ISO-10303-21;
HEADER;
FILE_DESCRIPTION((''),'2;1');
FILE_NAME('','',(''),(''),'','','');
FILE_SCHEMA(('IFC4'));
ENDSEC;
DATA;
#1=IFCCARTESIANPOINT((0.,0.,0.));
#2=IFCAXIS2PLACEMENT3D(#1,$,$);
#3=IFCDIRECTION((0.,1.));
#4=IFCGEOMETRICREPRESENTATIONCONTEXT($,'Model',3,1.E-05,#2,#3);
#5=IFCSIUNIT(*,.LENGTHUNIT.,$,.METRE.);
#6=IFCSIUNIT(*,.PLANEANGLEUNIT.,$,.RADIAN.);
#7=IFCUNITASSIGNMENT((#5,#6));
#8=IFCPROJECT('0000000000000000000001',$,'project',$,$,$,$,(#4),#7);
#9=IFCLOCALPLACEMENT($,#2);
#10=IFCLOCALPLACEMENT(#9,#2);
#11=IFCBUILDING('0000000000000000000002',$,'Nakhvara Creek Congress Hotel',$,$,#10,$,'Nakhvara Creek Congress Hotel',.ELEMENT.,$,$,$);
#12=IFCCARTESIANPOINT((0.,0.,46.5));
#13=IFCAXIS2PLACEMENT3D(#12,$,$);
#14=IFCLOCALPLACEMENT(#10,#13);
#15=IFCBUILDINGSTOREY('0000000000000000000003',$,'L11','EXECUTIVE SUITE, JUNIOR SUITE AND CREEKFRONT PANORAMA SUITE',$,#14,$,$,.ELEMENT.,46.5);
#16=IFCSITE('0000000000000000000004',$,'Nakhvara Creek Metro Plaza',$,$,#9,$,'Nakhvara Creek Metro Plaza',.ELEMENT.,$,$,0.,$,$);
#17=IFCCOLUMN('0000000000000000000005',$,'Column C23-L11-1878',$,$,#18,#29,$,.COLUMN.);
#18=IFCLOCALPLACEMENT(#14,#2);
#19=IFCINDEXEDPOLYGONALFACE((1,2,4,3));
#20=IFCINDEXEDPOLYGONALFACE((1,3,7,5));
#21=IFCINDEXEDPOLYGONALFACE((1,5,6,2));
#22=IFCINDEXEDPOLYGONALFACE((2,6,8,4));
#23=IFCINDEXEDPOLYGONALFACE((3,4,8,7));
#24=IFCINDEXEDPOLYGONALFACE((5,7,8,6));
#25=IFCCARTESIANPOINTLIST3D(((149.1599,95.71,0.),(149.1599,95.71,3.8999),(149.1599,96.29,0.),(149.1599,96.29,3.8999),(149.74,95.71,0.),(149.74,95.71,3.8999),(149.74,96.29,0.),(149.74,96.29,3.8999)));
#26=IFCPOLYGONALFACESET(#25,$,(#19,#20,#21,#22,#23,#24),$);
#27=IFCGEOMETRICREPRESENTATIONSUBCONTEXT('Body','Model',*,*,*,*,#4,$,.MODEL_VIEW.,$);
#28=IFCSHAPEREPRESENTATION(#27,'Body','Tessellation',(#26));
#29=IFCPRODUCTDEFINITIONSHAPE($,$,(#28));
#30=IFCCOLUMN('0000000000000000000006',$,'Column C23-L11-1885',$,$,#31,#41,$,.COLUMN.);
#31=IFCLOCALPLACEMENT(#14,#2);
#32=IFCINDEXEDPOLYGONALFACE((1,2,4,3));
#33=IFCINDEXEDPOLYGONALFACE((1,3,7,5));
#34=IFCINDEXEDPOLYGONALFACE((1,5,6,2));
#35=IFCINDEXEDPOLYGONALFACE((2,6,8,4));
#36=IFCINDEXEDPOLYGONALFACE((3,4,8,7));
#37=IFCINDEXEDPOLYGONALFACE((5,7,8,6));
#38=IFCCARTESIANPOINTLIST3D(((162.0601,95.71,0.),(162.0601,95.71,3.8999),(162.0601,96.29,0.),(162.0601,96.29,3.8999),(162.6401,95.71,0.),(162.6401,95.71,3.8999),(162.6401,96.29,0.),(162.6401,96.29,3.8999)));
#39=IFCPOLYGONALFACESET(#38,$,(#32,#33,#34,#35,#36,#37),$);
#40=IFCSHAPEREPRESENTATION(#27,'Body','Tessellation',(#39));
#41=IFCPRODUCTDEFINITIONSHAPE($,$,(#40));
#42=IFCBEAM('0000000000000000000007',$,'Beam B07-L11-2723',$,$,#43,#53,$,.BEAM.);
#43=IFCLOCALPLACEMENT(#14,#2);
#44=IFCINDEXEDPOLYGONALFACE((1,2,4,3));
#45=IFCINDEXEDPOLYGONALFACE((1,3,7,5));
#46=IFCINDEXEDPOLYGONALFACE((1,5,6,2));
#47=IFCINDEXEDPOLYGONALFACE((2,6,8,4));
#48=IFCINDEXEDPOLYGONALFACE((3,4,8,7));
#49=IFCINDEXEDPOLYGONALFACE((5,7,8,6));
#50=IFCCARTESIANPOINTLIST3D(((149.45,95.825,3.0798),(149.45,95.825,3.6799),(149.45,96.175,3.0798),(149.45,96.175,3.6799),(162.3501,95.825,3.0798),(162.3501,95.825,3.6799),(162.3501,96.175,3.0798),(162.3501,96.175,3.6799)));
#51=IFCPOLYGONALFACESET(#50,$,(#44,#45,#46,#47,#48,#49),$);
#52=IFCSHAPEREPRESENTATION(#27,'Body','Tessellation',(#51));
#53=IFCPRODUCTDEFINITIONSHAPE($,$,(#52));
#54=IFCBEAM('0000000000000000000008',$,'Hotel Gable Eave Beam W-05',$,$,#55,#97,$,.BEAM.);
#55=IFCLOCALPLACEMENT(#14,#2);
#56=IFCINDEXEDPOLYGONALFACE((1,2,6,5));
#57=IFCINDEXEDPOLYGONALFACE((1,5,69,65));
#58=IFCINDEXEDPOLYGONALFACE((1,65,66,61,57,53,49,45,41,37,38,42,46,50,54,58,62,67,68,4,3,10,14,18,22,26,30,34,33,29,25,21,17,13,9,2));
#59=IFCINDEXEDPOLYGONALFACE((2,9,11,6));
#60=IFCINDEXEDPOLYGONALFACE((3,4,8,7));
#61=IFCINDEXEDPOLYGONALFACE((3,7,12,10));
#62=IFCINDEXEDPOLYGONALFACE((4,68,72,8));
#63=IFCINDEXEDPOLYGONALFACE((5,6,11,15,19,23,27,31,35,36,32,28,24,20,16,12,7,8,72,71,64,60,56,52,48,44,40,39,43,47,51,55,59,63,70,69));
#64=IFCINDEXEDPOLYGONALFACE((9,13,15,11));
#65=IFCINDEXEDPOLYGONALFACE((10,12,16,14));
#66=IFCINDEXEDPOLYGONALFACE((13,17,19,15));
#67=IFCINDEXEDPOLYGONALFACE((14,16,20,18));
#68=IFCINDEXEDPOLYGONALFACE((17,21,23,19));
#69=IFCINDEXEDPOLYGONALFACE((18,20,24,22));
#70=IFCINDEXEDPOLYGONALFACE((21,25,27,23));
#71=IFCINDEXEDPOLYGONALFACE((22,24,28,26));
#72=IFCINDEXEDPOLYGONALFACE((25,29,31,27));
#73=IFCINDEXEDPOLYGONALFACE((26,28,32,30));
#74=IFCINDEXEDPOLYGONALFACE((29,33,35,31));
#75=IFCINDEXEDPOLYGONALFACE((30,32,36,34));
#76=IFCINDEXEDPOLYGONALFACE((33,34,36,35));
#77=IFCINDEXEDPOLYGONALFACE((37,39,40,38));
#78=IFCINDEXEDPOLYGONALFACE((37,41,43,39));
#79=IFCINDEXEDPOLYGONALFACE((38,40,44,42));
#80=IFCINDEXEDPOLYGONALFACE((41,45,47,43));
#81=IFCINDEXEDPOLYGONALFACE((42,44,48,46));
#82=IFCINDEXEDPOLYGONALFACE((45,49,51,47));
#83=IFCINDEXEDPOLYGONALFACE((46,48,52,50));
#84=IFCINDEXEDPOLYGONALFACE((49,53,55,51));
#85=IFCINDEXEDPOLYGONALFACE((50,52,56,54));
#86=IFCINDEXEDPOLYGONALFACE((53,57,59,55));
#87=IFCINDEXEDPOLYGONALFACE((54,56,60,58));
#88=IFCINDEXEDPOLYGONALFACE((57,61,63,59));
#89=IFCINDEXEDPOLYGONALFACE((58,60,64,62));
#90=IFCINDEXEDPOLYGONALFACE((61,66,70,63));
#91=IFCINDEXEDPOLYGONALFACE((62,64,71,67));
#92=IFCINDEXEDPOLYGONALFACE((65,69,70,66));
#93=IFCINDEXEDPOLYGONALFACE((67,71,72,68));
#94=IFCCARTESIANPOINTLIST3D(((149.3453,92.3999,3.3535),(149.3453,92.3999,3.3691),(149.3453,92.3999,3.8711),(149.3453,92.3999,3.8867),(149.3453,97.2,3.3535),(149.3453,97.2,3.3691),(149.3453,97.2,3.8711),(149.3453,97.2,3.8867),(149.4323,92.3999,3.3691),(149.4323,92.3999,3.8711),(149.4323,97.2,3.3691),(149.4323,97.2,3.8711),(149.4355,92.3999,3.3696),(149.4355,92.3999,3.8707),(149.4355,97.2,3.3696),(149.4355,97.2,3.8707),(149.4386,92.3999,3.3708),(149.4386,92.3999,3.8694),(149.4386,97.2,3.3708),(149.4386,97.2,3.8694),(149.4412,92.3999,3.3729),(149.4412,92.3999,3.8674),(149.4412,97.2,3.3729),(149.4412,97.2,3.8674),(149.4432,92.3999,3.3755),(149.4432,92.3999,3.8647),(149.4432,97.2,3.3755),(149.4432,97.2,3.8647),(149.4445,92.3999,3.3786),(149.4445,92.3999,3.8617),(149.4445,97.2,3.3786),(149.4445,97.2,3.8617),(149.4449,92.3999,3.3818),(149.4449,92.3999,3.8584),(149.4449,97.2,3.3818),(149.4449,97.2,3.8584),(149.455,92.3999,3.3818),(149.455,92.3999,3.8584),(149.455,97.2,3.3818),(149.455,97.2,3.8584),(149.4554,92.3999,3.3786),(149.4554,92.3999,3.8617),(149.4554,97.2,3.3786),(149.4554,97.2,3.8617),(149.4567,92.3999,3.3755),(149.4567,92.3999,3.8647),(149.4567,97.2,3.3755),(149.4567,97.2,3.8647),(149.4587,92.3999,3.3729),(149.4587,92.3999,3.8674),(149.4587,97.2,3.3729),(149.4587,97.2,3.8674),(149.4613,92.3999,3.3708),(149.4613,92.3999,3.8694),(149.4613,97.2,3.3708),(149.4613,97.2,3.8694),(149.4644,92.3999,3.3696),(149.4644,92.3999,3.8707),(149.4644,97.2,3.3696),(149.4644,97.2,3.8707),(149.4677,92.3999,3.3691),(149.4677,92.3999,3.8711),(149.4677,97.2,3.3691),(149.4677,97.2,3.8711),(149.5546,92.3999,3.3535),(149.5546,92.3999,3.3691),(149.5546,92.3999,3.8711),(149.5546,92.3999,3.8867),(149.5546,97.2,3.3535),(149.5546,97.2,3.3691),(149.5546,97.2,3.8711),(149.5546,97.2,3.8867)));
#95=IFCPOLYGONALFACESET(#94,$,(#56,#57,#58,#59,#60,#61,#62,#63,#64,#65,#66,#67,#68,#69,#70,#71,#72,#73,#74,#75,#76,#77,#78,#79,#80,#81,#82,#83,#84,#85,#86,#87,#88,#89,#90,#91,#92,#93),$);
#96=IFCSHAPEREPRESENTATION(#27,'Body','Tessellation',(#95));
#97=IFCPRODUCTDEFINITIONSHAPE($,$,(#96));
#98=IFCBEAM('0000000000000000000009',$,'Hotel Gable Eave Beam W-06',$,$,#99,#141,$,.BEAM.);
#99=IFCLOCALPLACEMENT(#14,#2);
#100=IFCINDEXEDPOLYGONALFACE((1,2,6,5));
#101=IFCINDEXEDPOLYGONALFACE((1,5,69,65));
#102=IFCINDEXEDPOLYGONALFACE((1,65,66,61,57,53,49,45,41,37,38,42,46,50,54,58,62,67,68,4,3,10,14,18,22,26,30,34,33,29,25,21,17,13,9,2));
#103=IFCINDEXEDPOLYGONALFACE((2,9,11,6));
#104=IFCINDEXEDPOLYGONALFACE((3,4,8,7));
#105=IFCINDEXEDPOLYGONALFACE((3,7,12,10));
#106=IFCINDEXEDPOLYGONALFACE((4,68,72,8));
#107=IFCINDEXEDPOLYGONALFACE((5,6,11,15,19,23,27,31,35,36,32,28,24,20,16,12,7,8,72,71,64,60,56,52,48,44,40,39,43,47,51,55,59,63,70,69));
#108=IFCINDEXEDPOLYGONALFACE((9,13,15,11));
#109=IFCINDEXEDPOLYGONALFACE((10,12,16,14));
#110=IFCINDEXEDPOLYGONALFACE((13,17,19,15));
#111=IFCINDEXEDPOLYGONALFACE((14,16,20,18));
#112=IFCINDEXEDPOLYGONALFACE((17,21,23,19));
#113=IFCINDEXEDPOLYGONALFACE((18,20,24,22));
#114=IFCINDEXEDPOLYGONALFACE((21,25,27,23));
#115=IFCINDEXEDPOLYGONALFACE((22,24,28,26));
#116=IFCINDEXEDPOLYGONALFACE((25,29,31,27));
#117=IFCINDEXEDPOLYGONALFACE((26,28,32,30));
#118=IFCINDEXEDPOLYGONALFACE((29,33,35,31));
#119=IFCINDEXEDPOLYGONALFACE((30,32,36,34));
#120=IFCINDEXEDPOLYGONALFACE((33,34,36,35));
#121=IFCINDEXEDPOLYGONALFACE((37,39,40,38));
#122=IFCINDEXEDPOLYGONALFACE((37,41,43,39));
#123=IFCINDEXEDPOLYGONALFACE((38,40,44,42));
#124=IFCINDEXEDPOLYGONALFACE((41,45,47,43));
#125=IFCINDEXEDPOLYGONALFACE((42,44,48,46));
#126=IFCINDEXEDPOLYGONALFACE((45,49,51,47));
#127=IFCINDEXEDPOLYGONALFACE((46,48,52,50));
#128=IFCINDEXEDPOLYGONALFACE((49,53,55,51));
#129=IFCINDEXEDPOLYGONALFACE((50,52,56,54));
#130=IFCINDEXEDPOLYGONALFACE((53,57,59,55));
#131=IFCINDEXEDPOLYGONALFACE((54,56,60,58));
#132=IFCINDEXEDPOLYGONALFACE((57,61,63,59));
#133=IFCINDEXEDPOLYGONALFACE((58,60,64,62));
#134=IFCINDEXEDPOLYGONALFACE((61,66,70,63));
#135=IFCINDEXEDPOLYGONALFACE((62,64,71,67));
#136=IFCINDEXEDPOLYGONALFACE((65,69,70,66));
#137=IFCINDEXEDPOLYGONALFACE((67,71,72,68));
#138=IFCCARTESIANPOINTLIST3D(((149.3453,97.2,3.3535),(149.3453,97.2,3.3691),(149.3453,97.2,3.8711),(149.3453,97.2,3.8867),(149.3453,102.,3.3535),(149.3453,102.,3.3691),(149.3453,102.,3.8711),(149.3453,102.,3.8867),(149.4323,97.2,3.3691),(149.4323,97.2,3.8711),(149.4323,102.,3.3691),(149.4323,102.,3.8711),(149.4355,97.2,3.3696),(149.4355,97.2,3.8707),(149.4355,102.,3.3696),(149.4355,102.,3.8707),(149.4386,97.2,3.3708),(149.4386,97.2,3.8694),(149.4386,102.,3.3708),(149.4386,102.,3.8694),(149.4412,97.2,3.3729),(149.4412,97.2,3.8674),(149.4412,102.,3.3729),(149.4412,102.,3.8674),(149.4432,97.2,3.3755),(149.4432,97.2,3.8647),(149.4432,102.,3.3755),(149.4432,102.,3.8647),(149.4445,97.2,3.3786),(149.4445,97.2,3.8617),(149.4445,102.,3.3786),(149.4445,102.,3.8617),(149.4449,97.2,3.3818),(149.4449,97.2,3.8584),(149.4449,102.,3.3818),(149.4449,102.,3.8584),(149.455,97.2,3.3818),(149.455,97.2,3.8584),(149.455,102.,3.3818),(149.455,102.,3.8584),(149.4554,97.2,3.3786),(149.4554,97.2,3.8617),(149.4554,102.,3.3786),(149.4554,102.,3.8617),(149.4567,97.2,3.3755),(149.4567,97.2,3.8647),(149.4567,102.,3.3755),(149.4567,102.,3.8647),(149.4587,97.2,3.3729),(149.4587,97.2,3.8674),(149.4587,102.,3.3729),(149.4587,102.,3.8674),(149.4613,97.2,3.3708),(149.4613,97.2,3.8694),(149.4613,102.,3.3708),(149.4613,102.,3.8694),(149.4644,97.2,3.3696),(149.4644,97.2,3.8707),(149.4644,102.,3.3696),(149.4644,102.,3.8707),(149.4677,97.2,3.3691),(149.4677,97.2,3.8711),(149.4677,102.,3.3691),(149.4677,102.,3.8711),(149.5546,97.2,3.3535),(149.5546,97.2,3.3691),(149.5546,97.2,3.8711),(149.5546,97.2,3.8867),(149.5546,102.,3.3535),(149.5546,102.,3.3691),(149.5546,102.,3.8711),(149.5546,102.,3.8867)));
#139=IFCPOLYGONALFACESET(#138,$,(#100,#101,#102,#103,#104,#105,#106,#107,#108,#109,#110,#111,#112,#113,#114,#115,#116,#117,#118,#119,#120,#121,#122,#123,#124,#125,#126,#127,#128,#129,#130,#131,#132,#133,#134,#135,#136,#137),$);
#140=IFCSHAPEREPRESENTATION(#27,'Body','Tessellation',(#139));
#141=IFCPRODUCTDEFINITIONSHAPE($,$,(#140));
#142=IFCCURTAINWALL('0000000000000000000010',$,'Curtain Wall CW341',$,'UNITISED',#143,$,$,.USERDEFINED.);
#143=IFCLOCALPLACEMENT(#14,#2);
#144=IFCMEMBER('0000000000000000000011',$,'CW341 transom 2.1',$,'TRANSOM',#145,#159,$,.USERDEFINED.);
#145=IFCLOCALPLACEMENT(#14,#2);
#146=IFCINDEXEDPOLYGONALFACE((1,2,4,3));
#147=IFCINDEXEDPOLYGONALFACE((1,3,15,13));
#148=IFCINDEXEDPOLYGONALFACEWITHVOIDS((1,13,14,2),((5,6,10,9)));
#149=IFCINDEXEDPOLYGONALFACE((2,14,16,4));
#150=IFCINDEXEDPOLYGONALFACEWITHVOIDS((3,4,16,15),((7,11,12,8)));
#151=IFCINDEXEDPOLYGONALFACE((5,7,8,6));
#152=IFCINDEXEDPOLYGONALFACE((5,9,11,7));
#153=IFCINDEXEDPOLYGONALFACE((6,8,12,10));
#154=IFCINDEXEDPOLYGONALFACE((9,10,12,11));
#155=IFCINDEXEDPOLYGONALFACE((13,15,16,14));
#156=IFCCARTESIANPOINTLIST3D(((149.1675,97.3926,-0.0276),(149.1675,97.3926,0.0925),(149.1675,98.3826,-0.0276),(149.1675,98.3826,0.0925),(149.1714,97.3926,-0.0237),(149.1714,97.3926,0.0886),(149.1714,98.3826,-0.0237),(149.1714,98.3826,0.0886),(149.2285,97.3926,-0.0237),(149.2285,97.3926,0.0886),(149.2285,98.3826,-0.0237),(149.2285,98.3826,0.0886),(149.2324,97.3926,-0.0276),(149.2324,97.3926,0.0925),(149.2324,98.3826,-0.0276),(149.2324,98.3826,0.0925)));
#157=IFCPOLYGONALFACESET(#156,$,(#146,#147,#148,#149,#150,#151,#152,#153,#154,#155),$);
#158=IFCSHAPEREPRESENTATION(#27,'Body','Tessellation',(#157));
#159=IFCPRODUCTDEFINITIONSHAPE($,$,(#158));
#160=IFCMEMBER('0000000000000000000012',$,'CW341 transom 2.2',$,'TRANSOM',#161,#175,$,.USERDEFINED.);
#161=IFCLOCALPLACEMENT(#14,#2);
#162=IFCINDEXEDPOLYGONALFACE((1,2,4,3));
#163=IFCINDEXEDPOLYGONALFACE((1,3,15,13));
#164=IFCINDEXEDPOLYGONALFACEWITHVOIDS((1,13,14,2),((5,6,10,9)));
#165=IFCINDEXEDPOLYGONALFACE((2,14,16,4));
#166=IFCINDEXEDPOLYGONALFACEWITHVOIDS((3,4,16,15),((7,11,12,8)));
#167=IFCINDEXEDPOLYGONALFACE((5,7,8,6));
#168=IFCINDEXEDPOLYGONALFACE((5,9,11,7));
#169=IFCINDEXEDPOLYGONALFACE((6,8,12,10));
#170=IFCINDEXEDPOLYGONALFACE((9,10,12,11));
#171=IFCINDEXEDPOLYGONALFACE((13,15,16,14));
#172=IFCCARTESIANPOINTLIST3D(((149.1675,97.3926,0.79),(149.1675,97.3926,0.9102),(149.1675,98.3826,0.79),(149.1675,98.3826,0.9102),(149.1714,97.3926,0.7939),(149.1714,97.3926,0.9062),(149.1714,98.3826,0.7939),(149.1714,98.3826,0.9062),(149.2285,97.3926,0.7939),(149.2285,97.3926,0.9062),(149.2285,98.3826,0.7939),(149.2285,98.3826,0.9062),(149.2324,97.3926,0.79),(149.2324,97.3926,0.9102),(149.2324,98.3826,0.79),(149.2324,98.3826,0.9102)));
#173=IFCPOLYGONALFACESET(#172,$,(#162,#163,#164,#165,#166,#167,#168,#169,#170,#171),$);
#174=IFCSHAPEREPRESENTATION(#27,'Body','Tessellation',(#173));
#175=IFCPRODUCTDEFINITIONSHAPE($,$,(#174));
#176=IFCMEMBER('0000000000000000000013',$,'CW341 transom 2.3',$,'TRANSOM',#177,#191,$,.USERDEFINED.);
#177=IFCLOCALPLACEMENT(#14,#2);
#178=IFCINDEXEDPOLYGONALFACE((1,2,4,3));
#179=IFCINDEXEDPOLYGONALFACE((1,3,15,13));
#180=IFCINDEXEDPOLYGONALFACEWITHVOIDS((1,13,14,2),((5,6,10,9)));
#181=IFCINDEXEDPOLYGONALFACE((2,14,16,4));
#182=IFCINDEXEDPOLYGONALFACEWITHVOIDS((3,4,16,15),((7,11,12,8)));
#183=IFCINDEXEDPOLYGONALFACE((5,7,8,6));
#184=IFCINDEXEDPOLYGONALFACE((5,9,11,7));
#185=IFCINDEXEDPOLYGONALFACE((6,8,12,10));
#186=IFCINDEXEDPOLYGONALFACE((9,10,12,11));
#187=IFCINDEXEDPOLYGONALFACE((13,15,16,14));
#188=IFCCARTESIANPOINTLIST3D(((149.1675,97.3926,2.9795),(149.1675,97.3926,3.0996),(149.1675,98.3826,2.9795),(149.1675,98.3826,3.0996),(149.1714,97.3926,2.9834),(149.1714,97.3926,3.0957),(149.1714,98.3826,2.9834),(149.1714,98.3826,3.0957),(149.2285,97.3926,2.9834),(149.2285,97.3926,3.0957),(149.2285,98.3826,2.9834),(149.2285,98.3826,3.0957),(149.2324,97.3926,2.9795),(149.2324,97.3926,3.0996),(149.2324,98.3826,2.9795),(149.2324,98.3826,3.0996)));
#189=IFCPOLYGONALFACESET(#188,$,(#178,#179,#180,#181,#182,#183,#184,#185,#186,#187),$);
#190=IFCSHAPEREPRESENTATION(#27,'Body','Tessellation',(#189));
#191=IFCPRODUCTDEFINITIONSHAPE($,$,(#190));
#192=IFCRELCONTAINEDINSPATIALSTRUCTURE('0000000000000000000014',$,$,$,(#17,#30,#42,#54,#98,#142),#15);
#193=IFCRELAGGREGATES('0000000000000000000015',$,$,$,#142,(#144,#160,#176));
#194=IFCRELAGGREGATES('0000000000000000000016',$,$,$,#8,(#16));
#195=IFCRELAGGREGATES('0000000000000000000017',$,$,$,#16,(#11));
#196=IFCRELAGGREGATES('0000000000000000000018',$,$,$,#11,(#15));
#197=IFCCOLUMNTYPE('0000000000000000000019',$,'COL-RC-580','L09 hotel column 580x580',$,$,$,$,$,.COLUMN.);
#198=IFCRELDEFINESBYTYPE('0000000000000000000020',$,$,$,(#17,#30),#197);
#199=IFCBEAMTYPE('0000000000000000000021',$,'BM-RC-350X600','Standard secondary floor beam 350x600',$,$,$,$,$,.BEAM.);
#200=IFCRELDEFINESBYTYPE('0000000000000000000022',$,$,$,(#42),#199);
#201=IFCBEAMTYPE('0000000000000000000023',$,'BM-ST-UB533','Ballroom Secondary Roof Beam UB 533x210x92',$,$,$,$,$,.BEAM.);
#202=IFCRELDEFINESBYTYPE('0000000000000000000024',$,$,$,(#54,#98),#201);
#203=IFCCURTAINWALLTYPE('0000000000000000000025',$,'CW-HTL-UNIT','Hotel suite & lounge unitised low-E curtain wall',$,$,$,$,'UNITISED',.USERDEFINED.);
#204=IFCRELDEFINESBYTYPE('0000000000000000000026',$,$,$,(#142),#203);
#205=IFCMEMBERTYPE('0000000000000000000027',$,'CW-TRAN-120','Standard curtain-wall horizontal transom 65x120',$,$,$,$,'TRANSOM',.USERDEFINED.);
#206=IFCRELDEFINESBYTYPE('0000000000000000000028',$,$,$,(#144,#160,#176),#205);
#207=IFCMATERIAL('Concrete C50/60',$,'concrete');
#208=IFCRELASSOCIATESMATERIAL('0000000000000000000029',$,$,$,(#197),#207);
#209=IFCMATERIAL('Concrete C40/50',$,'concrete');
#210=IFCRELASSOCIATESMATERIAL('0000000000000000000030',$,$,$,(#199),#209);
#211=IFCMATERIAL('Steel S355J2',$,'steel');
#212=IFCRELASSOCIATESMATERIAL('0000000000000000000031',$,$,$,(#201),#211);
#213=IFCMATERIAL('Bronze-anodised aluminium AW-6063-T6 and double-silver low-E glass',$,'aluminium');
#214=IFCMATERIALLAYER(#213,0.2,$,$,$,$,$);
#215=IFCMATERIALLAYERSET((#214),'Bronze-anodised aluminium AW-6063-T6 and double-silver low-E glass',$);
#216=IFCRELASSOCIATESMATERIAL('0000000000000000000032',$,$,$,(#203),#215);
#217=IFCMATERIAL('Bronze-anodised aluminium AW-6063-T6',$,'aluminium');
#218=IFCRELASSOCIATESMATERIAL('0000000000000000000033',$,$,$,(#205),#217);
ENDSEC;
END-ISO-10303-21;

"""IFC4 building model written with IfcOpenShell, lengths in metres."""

from ifc_helpers import new_model, si_unit, direction, frame, origin, origin_2d, place, context, subcontext, project, spatial, rectangle, hollow_rectangle, i_section, extrude, material, layer, layer_set, material_profile, profile_set, type_object, element, aggregate, save


model = new_model("IFC4")

# Units and contexts
model_context = context("Model", 3, precision=1e-05, world=origin(), true_north=direction((0.0, 1.0)))
body_context = subcontext(model_context, "Body", "Model", "MODEL_VIEW")
ifc_project = project(units=[si_unit("LENGTHUNIT", "METRE"), si_unit("PLANEANGLEUNIT", "RADIAN")], contexts=[model_context])

# Site, building, storey
site_placement = place(None, origin())
site = spatial("IfcSite", under=ifc_project, at=site_placement, Name="Nakhvara Creek Metro Plaza", LongName="Nakhvara Creek Metro Plaza", CompositionType="ELEMENT", RefElevation=0.0)
building_placement = place(site_placement, origin())
building = spatial("IfcBuilding", under=site, at=building_placement, Name="Nakhvara Creek Congress Hotel", LongName="Nakhvara Creek Congress Hotel", CompositionType="ELEMENT")
storey_placement = place(building_placement, frame((0.0, 0.0, 46.5)))
storey = spatial("IfcBuildingStorey", under=building, at=storey_placement, Name="L11", Description="EXECUTIVE SUITE, JUNIOR SUITE AND CREEKFRONT PANORAMA SUITE", CompositionType="ELEMENT", Elevation=46.5)

# Columns
ifc_material_1 = material(Name="Concrete C50/60", Category="concrete")
ifc_material_profile_1 = material_profile(ifc_material_1, rectangle(XDim=0.5801, YDim=0.5801, at=origin_2d()), Name="RC-COL 580x580", Category="LoadBearing")
ifc_profile_set_1 = profile_set([ifc_material_profile_1], Name="Concrete C50/60")
column_type = type_object("IfcColumnType", Name="COL-RC-580", Description="L09 hotel column 580x580", PredefinedType="COLUMN", material=ifc_profile_set_1)
for number, where, z_axis, x_axis, name in (
    (1, (149.45, 96.0, 0.0), (0.0, 0.0, 1.0), (1.0, 0.0, 0.0), "Column C23-L11-1878"),
    (2, (162.3501, 96.0, 0.0), (0.0, 0.0, 1.0), (1.0, 0.0, 0.0), "Column C23-L11-1885"),
):
    element("IfcColumn", number, at=place(storey_placement, frame(where, z_axis=z_axis, x_axis=x_axis)), inside=storey, type_object=column_type, Name=name, PredefinedType="COLUMN", context=body_context, shape_type="SweptSolid", body=[
        extrude(rectangle(XDim=0.5801, YDim=0.5801, at=origin_2d()), origin(), (0.0, 0.0, 1.0), 3.8999),
    ])

# Beams
ifc_material_2 = material(Name="Concrete C40/50", Category="concrete")
ifc_material_profile_2 = material_profile(ifc_material_2, rectangle(XDim=0.3501, YDim=0.6001, at=origin_2d()), Name="RC-BM 350x600", Category="LoadBearing")
ifc_profile_set_2 = profile_set([ifc_material_profile_2], Name="Concrete C40/50")
beam_type_1 = type_object("IfcBeamType", Name="BM-RC-350X600", Description="Standard secondary floor beam 350x600", PredefinedType="BEAM", material=ifc_profile_set_2)
beam_placement = place(storey_placement, frame((149.45, 96.0, 3.3799), z_axis=(1.0, 0.0, 0.0), x_axis=(0.0, 1.0, 0.0)))
element("IfcBeam", 3, at=beam_placement, inside=storey, type_object=beam_type_1, Name="Beam B07-L11-2723", PredefinedType="BEAM", context=body_context, shape_type="SweptSolid", body=[
    extrude(rectangle(XDim=0.3501, YDim=0.6001, at=origin_2d()), origin(), (0.0, 0.0, 1.0), 12.9001),
])
ifc_material_3 = material(Name="Steel S355J2", Category="steel")
ifc_material_profile_3 = material_profile(ifc_material_3, i_section(OverallWidth=0.2092, OverallDepth=0.5332, WebThickness=0.01, FlangeThickness=0.0156, FilletRadius=0.0127, at=origin_2d()), Name="UB 533x210x92", Category="LoadBearing")
ifc_profile_set_3 = profile_set([ifc_material_profile_3], Name="Steel S355J2")
beam_type_2 = type_object("IfcBeamType", Name="BM-ST-UB533", Description="Ballroom Secondary Roof Beam UB 533x210x92", PredefinedType="BEAM", material=ifc_profile_set_3)
for number, where, z_axis, x_axis, name in (
    (4, (149.45, 92.3999, 3.6201), (0.0, 1.0, 0.0), (-1.0, 0.0, 0.0), "Hotel Gable Eave Beam W-05"),
    (5, (149.45, 97.2, 3.6201), (0.0, 1.0, 0.0), (-1.0, 0.0, 0.0), "Hotel Gable Eave Beam W-06"),
):
    element("IfcBeam", number, at=place(storey_placement, frame(where, z_axis=z_axis, x_axis=x_axis)), inside=storey, type_object=beam_type_2, Name=name, PredefinedType="BEAM", context=body_context, shape_type="SweptSolid", body=[
        extrude(i_section(OverallWidth=0.2092, OverallDepth=0.5332, WebThickness=0.01, FlangeThickness=0.0156, FilletRadius=0.0127, at=origin_2d()), origin(), (0.0, 0.0, 1.0), 4.8),
    ])

# Curtain wall, members
ifc_material_4 = material(Name="Bronze-anodised aluminium AW-6063-T6 and double-silver low-E glass", Category="aluminium")
ifc_layer_1 = layer(ifc_material_4, 0.2)
ifc_layer_set_1 = layer_set([ifc_layer_1], Name="Bronze-anodised aluminium AW-6063-T6 and double-silver low-E glass")
curtain_wall_type = type_object("IfcCurtainWallType", Name="CW-HTL-UNIT", Description="Hotel suite & lounge unitised low-E curtain wall", ElementType="UNITISED", PredefinedType="USERDEFINED", material=ifc_layer_set_1)
curtain_wall_placement = place(storey_placement, origin())
curtain_wall = element("IfcCurtainWall", 6, at=curtain_wall_placement, inside=storey, type_object=curtain_wall_type, Name="Curtain Wall CW341", ObjectType="UNITISED", PredefinedType="USERDEFINED")
ifc_material_5 = material(Name="Bronze-anodised aluminium AW-6063-T6", Category="aluminium")
ifc_material_profile_4 = material_profile(ifc_material_5, hollow_rectangle(XDim=0.0649, YDim=0.1201, WallThickness=0.0039, at=origin_2d()), Name="ALU-TRAN 65x120x4", Category="LoadBearing")
ifc_profile_set_4 = profile_set([ifc_material_profile_4], Name="Bronze-anodised aluminium AW-6063-T6")
member_type = type_object("IfcMemberType", Name="CW-TRAN-120", Description="Standard curtain-wall horizontal transom 65x120", ElementType="TRANSOM", PredefinedType="USERDEFINED", material=ifc_profile_set_4)
member_1_placement = place(storey_placement, frame((149.2, 97.3926, 0.0325), z_axis=(0.0, 1.0, 0.0), x_axis=(-1.0, 0.0, 0.0)))
member_1 = element("IfcMember", 7, at=member_1_placement, type_object=member_type, Name="CW341 transom 2.1", ObjectType="TRANSOM", PredefinedType="USERDEFINED", context=body_context, shape_type="SweptSolid", body=[
    extrude(hollow_rectangle(XDim=0.0649, YDim=0.1201, WallThickness=0.0039, at=origin_2d()), origin(), (0.0, 0.0, 1.0), 0.99),
])
member_2_placement = place(storey_placement, frame((149.2, 97.3926, 0.8501), z_axis=(0.0, 1.0, 0.0), x_axis=(-1.0, 0.0, 0.0)))
member_2 = element("IfcMember", 8, at=member_2_placement, type_object=member_type, Name="CW341 transom 2.2", ObjectType="TRANSOM", PredefinedType="USERDEFINED", context=body_context, shape_type="SweptSolid", body=[
    extrude(hollow_rectangle(XDim=0.0649, YDim=0.1201, WallThickness=0.0039, at=origin_2d()), origin(), (0.0, 0.0, 1.0), 0.99),
])
member_3_placement = place(storey_placement, frame((149.2, 97.3926, 3.0396), z_axis=(0.0, 1.0, 0.0), x_axis=(-1.0, 0.0, 0.0)))
member_3 = element("IfcMember", 9, at=member_3_placement, type_object=member_type, Name="CW341 transom 2.3", ObjectType="TRANSOM", PredefinedType="USERDEFINED", context=body_context, shape_type="SweptSolid", body=[
    extrude(hollow_rectangle(XDim=0.0649, YDim=0.1201, WallThickness=0.0039, at=origin_2d()), origin(), (0.0, 0.0, 1.0), 0.99),
])
aggregate(curtain_wall, [member_1, member_2, member_3])

save(model, "model.ifc")
